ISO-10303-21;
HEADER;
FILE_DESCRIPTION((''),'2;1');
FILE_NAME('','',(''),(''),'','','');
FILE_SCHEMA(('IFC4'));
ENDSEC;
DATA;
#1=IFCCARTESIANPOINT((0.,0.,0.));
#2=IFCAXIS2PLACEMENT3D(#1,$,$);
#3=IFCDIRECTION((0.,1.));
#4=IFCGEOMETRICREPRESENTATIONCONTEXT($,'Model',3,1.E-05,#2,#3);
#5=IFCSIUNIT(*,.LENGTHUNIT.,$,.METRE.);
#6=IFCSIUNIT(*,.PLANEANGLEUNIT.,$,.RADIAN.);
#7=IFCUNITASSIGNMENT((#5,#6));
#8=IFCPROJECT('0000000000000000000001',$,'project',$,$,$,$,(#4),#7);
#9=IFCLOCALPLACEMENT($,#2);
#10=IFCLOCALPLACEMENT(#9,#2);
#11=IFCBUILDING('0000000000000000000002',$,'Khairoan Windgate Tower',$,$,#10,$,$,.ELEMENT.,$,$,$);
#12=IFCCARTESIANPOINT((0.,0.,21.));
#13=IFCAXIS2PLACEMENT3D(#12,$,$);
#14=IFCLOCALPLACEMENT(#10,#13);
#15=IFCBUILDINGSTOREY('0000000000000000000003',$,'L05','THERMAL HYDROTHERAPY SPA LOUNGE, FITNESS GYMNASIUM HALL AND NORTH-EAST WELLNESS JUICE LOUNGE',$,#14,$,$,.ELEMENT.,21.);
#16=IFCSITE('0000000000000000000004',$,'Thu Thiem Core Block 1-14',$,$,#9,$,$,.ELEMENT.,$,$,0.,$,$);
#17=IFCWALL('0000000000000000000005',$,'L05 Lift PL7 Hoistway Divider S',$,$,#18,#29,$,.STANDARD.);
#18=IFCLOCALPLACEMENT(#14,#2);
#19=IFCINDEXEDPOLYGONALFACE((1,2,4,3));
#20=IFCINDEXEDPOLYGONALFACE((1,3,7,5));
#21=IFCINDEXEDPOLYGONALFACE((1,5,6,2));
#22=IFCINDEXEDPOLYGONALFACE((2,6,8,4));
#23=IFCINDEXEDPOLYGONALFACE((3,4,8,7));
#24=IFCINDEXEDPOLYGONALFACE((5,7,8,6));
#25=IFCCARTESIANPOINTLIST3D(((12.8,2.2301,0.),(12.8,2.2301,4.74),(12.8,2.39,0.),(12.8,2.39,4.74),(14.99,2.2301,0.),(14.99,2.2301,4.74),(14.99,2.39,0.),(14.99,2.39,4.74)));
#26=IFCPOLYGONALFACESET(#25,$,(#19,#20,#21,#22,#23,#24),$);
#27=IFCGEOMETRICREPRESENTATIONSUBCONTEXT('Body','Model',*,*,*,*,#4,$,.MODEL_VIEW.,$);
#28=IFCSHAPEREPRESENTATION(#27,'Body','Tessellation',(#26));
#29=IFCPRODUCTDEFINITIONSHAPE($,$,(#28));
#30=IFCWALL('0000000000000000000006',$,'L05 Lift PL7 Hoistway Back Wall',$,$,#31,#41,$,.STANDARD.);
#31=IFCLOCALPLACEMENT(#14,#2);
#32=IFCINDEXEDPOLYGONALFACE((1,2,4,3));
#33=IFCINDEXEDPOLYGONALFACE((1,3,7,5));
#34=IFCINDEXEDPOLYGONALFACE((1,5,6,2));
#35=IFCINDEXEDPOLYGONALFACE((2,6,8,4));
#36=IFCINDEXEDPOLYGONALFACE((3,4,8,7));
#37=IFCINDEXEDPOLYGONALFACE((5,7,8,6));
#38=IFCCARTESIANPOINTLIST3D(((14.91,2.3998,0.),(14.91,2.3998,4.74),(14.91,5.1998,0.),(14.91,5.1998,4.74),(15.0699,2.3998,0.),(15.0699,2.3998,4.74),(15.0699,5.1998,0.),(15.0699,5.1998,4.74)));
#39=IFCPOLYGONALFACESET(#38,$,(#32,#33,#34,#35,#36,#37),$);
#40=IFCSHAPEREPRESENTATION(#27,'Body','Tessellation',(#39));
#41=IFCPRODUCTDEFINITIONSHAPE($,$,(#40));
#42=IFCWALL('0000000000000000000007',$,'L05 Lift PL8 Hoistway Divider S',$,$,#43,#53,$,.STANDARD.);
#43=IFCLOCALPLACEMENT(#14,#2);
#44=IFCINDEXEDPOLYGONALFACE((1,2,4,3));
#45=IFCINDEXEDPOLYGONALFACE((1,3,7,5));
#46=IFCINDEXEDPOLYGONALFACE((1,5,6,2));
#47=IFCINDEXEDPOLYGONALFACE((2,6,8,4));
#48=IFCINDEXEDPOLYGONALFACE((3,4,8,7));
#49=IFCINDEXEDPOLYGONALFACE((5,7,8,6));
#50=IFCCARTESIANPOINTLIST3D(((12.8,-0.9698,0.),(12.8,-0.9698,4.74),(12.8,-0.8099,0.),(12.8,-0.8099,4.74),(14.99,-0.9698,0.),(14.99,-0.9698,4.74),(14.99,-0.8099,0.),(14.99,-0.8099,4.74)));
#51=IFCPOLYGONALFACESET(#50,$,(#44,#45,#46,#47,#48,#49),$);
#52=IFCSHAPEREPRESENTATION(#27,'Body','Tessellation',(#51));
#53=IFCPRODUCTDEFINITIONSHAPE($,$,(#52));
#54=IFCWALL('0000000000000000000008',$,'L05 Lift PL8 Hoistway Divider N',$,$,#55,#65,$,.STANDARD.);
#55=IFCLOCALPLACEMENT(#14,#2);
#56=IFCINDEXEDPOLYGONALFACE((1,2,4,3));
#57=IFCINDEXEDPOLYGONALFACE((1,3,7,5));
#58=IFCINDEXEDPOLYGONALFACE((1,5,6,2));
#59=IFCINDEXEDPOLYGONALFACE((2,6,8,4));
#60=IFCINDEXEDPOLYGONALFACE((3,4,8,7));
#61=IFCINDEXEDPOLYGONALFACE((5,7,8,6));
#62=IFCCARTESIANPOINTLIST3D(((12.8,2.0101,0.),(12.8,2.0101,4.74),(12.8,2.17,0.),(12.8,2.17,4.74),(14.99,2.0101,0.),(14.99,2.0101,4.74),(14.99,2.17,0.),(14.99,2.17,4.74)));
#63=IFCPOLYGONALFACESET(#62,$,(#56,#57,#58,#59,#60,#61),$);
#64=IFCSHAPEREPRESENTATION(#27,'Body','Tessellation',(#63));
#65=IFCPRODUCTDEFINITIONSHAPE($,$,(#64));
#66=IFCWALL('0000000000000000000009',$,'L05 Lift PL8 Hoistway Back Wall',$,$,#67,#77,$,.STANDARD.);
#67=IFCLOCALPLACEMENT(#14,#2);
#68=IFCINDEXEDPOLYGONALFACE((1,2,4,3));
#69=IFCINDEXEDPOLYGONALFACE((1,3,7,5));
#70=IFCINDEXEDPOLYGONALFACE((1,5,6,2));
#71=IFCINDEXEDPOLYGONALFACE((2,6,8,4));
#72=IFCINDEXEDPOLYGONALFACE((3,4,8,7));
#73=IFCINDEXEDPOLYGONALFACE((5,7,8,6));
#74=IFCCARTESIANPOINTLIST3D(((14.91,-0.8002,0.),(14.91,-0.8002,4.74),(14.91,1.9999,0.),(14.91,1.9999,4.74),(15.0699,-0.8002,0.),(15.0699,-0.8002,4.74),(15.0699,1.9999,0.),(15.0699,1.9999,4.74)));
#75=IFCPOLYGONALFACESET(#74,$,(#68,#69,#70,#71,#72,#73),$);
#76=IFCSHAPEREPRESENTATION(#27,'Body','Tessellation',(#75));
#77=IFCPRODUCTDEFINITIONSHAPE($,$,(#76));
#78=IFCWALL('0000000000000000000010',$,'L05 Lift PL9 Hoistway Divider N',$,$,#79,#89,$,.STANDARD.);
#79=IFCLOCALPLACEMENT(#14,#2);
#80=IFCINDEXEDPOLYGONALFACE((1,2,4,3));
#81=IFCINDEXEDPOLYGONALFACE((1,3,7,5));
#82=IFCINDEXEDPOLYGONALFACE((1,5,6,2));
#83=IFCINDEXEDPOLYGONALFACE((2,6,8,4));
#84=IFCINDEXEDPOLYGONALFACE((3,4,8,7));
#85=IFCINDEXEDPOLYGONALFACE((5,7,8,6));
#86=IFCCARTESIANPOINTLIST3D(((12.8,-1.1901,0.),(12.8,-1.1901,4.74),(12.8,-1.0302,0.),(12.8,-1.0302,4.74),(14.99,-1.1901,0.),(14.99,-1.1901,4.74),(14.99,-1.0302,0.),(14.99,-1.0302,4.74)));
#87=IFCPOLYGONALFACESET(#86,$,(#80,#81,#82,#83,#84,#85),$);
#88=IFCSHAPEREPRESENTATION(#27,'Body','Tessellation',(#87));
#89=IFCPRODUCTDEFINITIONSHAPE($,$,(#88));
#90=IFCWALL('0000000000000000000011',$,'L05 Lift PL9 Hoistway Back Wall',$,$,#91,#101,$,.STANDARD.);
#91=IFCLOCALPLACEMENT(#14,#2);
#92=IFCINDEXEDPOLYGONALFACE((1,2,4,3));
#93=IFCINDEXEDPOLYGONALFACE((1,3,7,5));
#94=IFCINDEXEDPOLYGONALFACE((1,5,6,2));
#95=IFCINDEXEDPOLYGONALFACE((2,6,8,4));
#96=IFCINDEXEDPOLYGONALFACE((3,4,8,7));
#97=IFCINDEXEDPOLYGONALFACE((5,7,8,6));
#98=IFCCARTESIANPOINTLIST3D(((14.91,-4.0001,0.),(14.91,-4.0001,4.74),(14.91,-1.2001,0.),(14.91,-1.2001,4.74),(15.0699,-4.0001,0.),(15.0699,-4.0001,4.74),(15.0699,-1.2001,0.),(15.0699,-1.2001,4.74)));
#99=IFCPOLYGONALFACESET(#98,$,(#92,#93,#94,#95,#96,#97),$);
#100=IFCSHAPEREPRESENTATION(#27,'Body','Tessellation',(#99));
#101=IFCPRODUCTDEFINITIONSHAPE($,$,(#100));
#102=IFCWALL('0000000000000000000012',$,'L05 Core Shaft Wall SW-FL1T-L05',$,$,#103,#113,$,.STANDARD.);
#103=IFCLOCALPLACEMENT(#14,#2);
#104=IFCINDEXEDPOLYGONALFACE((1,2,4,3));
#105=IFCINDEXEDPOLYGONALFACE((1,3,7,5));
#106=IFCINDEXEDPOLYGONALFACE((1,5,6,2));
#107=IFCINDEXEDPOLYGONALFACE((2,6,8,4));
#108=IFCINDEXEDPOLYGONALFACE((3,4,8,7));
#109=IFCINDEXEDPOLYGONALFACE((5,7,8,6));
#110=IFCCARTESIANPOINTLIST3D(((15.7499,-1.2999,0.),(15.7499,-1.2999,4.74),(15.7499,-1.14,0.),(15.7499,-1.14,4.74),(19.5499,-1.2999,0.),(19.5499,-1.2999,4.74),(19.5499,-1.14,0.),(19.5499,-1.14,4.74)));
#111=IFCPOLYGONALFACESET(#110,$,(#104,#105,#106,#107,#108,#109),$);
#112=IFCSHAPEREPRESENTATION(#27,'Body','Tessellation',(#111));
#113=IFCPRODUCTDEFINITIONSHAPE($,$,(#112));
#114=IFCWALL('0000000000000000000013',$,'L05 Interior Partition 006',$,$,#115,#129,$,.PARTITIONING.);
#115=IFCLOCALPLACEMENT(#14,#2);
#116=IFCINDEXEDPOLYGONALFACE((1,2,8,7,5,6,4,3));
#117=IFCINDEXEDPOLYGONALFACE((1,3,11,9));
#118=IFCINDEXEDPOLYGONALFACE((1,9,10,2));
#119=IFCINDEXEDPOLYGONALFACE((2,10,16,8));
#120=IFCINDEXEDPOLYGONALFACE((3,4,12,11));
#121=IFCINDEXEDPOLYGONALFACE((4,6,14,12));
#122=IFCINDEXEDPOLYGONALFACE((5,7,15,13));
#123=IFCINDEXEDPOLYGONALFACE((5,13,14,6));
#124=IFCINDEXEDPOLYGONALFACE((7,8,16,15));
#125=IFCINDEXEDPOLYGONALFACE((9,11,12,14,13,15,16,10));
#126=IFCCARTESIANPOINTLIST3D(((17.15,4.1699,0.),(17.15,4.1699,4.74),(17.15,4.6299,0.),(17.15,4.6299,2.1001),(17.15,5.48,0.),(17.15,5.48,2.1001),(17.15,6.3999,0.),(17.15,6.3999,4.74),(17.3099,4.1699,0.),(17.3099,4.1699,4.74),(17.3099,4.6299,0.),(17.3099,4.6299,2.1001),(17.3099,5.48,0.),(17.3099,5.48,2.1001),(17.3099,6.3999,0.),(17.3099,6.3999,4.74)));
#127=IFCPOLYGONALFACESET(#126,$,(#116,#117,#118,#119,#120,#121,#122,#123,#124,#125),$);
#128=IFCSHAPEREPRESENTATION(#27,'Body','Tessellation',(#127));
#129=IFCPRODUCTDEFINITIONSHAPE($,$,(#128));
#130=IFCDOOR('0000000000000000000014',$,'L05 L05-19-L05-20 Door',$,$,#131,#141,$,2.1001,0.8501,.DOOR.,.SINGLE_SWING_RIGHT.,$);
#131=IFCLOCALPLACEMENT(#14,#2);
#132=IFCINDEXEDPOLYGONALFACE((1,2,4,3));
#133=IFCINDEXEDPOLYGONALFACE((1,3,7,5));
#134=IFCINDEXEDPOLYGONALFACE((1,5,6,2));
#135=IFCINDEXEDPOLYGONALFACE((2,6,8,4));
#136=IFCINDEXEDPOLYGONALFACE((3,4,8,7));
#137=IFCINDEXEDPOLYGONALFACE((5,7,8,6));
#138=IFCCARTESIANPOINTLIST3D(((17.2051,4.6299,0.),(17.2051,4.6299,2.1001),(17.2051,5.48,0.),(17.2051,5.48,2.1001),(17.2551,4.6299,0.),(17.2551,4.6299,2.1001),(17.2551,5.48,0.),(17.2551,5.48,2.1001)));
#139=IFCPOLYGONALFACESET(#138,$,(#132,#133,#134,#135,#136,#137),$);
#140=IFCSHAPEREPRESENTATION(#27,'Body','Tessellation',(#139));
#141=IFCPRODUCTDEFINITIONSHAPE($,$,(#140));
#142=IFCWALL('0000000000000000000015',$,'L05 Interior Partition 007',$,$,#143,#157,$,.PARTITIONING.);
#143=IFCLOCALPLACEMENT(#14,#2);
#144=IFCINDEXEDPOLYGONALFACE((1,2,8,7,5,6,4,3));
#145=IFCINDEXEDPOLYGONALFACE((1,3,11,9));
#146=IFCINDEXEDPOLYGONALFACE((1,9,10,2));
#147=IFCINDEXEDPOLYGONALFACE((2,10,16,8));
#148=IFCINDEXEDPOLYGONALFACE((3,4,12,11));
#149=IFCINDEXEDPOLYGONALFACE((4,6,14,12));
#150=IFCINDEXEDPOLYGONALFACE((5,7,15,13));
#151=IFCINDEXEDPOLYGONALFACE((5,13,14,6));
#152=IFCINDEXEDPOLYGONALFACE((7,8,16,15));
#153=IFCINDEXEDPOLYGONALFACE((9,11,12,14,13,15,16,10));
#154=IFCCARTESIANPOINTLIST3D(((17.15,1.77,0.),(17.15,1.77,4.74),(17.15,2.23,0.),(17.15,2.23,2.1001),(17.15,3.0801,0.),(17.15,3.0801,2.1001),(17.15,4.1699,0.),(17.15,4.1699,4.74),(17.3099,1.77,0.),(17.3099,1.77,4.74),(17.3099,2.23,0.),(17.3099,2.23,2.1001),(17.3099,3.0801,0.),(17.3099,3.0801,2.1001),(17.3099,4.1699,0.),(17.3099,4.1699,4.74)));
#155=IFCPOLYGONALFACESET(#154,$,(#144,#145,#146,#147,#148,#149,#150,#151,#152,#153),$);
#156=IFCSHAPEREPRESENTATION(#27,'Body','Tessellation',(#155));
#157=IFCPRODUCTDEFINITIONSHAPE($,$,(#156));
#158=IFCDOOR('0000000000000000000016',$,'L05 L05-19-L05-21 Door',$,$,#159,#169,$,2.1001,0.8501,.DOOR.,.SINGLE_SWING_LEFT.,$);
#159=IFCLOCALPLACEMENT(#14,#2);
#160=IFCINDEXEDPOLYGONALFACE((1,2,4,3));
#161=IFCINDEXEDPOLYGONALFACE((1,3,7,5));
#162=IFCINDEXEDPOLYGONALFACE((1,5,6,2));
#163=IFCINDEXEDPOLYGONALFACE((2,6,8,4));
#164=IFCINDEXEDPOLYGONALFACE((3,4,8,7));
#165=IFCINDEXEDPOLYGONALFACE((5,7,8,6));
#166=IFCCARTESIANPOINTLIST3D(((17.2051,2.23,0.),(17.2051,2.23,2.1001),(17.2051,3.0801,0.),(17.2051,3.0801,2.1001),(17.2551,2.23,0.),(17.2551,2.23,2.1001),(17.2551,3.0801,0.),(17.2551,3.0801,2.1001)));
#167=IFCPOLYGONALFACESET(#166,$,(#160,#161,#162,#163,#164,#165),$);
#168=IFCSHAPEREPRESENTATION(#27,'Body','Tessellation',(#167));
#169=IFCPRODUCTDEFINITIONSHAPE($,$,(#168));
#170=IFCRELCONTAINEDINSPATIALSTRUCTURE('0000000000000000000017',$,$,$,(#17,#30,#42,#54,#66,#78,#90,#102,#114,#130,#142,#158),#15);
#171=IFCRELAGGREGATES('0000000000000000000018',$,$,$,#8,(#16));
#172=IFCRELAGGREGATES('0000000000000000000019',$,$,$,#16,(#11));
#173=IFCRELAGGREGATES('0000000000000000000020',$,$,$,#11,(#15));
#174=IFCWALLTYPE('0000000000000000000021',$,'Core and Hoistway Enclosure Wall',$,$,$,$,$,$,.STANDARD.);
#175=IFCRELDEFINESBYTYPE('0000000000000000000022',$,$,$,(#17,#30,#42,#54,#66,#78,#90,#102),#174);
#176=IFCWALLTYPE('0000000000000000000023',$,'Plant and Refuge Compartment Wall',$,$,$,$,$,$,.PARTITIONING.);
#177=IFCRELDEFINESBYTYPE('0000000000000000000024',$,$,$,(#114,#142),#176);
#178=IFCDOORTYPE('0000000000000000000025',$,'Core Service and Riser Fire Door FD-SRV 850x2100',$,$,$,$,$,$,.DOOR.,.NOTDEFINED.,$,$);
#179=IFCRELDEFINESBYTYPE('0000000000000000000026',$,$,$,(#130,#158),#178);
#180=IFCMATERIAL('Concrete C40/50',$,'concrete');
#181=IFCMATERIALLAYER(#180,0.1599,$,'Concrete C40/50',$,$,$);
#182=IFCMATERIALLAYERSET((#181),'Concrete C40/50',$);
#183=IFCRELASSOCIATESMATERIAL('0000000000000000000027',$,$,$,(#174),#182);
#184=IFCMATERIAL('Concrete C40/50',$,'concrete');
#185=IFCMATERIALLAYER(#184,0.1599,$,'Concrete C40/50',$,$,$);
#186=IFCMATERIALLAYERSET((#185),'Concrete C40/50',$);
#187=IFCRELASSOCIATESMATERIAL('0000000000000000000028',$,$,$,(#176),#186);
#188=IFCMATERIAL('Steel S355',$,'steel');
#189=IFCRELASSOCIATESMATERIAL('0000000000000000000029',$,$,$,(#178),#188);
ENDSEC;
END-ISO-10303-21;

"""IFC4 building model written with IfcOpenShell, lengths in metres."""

from ifc_helpers import new_model, si_unit, direction, frame, frame_2d, origin, place, context, subcontext, project, spatial, rectangle, extrude, material, layer, layer_set, type_object, element, fill, save


model = new_model("IFC4")

# Units and contexts
model_context = context("Model", 3, precision=1e-05, world=origin(), true_north=direction((0.0, 1.0)))
body_context = subcontext(model_context, "Body", "Model", "MODEL_VIEW")
ifc_project = project(units=[si_unit("LENGTHUNIT", "METRE"), si_unit("PLANEANGLEUNIT", "RADIAN")], contexts=[model_context])

# Site, building, storey
site_placement = place(None, origin())
site = spatial("IfcSite", under=ifc_project, at=site_placement, Name="Thu Thiem Core Block 1-14", CompositionType="ELEMENT", RefElevation=0.0)
building_placement = place(site_placement, origin())
building = spatial("IfcBuilding", under=site, at=building_placement, Name="Khairoan Windgate Tower", CompositionType="ELEMENT")
storey_placement = place(building_placement, frame((0.0, 0.0, 21.0)))
storey = spatial("IfcBuildingStorey", under=building, at=storey_placement, Name="L05", Description="THERMAL HYDROTHERAPY SPA LOUNGE, FITNESS GYMNASIUM HALL AND NORTH-EAST WELLNESS JUICE LOUNGE", CompositionType="ELEMENT", Elevation=21.0)

# Walls
ifc_material_1 = material(Name="Concrete C40/50", Category="concrete")
ifc_layer_1 = layer(ifc_material_1, 0.1599, Name="Concrete C40/50")
ifc_layer_set_1 = layer_set([ifc_layer_1], Name="Concrete C40/50")
wall_type_1 = type_object("IfcWallType", Name="Core and Hoistway Enclosure Wall", PredefinedType="STANDARD", material=ifc_layer_set_1)
wall_1_placement = place(storey_placement, frame((12.8, 2.3101, 0.0), z_axis=(0.0, 0.0, 1.0), x_axis=(1.0, 0.0, 0.0)))
element("IfcWall", 1, at=wall_1_placement, inside=storey, type_object=wall_type_1, Name="L05 Lift PL7 Hoistway Divider S", PredefinedType="STANDARD", context=body_context, shape_type="SweptSolid", body=[
    extrude(rectangle(XDim=2.1899, YDim=0.1599, at=frame_2d((1.095, 0.0))), origin(), (0.0, 0.0, 1.0), 4.74),
])
wall_2_placement = place(storey_placement, frame((14.99, 2.3999, 0.0), z_axis=(0.0, 0.0, 1.0), x_axis=(0.0, 1.0, 0.0)))
element("IfcWall", 2, at=wall_2_placement, inside=storey, type_object=wall_type_1, Name="L05 Lift PL7 Hoistway Back Wall", PredefinedType="STANDARD", context=body_context, shape_type="SweptSolid", body=[
    extrude(rectangle(XDim=2.8, YDim=0.1599, at=frame_2d((1.3999, 0.0))), origin(), (0.0, 0.0, 1.0), 4.74),
])
for number, where, z_axis, x_axis, name in (
    (3, (12.8, -0.8899, 0.0), (0.0, 0.0, 1.0), (1.0, 0.0, 0.0), "L05 Lift PL8 Hoistway Divider S"),
    (4, (12.8, 2.0901, 0.0), (0.0, 0.0, 1.0), (1.0, 0.0, 0.0), "L05 Lift PL8 Hoistway Divider N"),
):
    element("IfcWall", number, at=place(storey_placement, frame(where, z_axis=z_axis, x_axis=x_axis)), inside=storey, type_object=wall_type_1, Name=name, PredefinedType="STANDARD", context=body_context, shape_type="SweptSolid", body=[
        extrude(rectangle(XDim=2.1899, YDim=0.1599, at=frame_2d((1.095, 0.0))), origin(), (0.0, 0.0, 1.0), 4.74),
    ])
wall_3_placement = place(storey_placement, frame((14.99, -0.8, 0.0), z_axis=(0.0, 0.0, 1.0), x_axis=(0.0, 1.0, 0.0)))
element("IfcWall", 5, at=wall_3_placement, inside=storey, type_object=wall_type_1, Name="L05 Lift PL8 Hoistway Back Wall", PredefinedType="STANDARD", context=body_context, shape_type="SweptSolid", body=[
    extrude(rectangle(XDim=2.8, YDim=0.1599, at=frame_2d((1.3999, 0.0))), origin(), (0.0, 0.0, 1.0), 4.74),
])
wall_4_placement = place(storey_placement, frame((12.8, -1.1101, 0.0), z_axis=(0.0, 0.0, 1.0), x_axis=(1.0, 0.0, 0.0)))
element("IfcWall", 6, at=wall_4_placement, inside=storey, type_object=wall_type_1, Name="L05 Lift PL9 Hoistway Divider N", PredefinedType="STANDARD", context=body_context, shape_type="SweptSolid", body=[
    extrude(rectangle(XDim=2.1899, YDim=0.1599, at=frame_2d((1.095, 0.0))), origin(), (0.0, 0.0, 1.0), 4.74),
])
wall_5_placement = place(storey_placement, frame((14.99, -4.0, 0.0), z_axis=(0.0, 0.0, 1.0), x_axis=(0.0, 1.0, 0.0)))
element("IfcWall", 7, at=wall_5_placement, inside=storey, type_object=wall_type_1, Name="L05 Lift PL9 Hoistway Back Wall", PredefinedType="STANDARD", context=body_context, shape_type="SweptSolid", body=[
    extrude(rectangle(XDim=2.8, YDim=0.1599, at=frame_2d((1.3999, 0.0))), origin(), (0.0, 0.0, 1.0), 4.74),
])
wall_6_placement = place(storey_placement, frame((15.75, -1.22, 0.0), z_axis=(0.0, 0.0, 1.0), x_axis=(1.0, 0.0, 0.0)))
element("IfcWall", 8, at=wall_6_placement, inside=storey, type_object=wall_type_1, Name="L05 Core Shaft Wall SW-FL1T-L05", PredefinedType="STANDARD", context=body_context, shape_type="SweptSolid", body=[
    extrude(rectangle(XDim=3.8, YDim=0.1599, at=frame_2d((1.8999, 0.0))), origin(), (0.0, 0.0, 1.0), 4.74),
])

# Walls, openings, doors
ifc_material_2 = material(Name="Concrete C40/50", Category="concrete")
ifc_layer_2 = layer(ifc_material_2, 0.1599, Name="Concrete C40/50")
ifc_layer_set_2 = layer_set([ifc_layer_2], Name="Concrete C40/50")
wall_type_2 = type_object("IfcWallType", Name="Plant and Refuge Compartment Wall", PredefinedType="PARTITIONING", material=ifc_layer_set_2)
wall_7_placement = place(storey_placement, frame((17.23, 4.1699, 0.0), z_axis=(0.0, 0.0, 1.0), x_axis=(0.0, 1.0, 0.0)))
wall_7 = element("IfcWall", 9, at=wall_7_placement, inside=storey, type_object=wall_type_2, Name="L05 Interior Partition 006", PredefinedType="PARTITIONING", context=body_context, shape_type="SweptSolid", body=[
    extrude(rectangle(XDim=2.23, YDim=0.1599, at=frame_2d((1.115, 0.0))), origin(), (0.0, 0.0, 1.0), 4.74),
])
opening_1_placement = place(wall_7_placement, frame((0.46, 0.0, 0.0)))
opening_1 = element("IfcOpeningElement", 10, at=opening_1_placement, cuts=wall_7, PredefinedType="OPENING", context=body_context, shape_type="SweptSolid", body=[
    extrude(rectangle(XDim=0.8501, YDim=2.1001, at=frame_2d((0.425, 1.05))), frame((0.0, 0.0898, 0.0), z_axis=(0.0, -1.0, 0.0), x_axis=(1.0, 0.0, 0.0)), (0.0, 0.0, 1.0), 0.1799),
])
ifc_material_3 = material(Name="Steel S355", Category="steel")
door_type = type_object("IfcDoorType", Name="Core Service and Riser Fire Door FD-SRV 850x2100", OperationType="NOTDEFINED", PredefinedType="DOOR", material=ifc_material_3)
door_1_placement = place(opening_1_placement, origin())
door_1 = element("IfcDoor", 11, at=door_1_placement, inside=storey, type_object=door_type, Name="L05 L05-19-L05-20 Door", OperationType="SINGLE_SWING_RIGHT", OverallHeight=2.1001, OverallWidth=0.8501, PredefinedType="DOOR", context=body_context, shape_type="SweptSolid", body=[
    extrude(rectangle(XDim=0.8501, YDim=2.1001, at=frame_2d((0.425, 1.05))), frame((0.0, 0.0249, 0.0), z_axis=(0.0, -1.0, 0.0), x_axis=(1.0, 0.0, 0.0)), (0.0, 0.0, 1.0), 0.05),
])
fill(opening_1, door_1)
wall_8_placement = place(storey_placement, frame((17.23, 1.77, 0.0), z_axis=(0.0, 0.0, 1.0), x_axis=(0.0, 1.0, 0.0)))
wall_8 = element("IfcWall", 12, at=wall_8_placement, inside=storey, type_object=wall_type_2, Name="L05 Interior Partition 007", PredefinedType="PARTITIONING", context=body_context, shape_type="SweptSolid", body=[
    extrude(rectangle(XDim=2.3999, YDim=0.1599, at=frame_2d((1.2, 0.0))), origin(), (0.0, 0.0, 1.0), 4.74),
])
opening_2_placement = place(wall_8_placement, frame((0.46, 0.0, 0.0)))
opening_2 = element("IfcOpeningElement", 13, at=opening_2_placement, cuts=wall_8, PredefinedType="OPENING", context=body_context, shape_type="SweptSolid", body=[
    extrude(rectangle(XDim=0.8501, YDim=2.1001, at=frame_2d((0.425, 1.05))), frame((0.0, 0.0898, 0.0), z_axis=(0.0, -1.0, 0.0), x_axis=(1.0, 0.0, 0.0)), (0.0, 0.0, 1.0), 0.1799),
])
door_2_placement = place(opening_2_placement, origin())
door_2 = element("IfcDoor", 14, at=door_2_placement, inside=storey, type_object=door_type, Name="L05 L05-19-L05-21 Door", OperationType="SINGLE_SWING_LEFT", OverallHeight=2.1001, OverallWidth=0.8501, PredefinedType="DOOR", context=body_context, shape_type="SweptSolid", body=[
    extrude(rectangle(XDim=0.8501, YDim=2.1001, at=frame_2d((0.425, 1.05))), frame((0.0, 0.0249, 0.0), z_axis=(0.0, -1.0, 0.0), x_axis=(1.0, 0.0, 0.0)), (0.0, 0.0, 1.0), 0.05),
])
fill(opening_2, door_2)

save(model, "model.ifc")
